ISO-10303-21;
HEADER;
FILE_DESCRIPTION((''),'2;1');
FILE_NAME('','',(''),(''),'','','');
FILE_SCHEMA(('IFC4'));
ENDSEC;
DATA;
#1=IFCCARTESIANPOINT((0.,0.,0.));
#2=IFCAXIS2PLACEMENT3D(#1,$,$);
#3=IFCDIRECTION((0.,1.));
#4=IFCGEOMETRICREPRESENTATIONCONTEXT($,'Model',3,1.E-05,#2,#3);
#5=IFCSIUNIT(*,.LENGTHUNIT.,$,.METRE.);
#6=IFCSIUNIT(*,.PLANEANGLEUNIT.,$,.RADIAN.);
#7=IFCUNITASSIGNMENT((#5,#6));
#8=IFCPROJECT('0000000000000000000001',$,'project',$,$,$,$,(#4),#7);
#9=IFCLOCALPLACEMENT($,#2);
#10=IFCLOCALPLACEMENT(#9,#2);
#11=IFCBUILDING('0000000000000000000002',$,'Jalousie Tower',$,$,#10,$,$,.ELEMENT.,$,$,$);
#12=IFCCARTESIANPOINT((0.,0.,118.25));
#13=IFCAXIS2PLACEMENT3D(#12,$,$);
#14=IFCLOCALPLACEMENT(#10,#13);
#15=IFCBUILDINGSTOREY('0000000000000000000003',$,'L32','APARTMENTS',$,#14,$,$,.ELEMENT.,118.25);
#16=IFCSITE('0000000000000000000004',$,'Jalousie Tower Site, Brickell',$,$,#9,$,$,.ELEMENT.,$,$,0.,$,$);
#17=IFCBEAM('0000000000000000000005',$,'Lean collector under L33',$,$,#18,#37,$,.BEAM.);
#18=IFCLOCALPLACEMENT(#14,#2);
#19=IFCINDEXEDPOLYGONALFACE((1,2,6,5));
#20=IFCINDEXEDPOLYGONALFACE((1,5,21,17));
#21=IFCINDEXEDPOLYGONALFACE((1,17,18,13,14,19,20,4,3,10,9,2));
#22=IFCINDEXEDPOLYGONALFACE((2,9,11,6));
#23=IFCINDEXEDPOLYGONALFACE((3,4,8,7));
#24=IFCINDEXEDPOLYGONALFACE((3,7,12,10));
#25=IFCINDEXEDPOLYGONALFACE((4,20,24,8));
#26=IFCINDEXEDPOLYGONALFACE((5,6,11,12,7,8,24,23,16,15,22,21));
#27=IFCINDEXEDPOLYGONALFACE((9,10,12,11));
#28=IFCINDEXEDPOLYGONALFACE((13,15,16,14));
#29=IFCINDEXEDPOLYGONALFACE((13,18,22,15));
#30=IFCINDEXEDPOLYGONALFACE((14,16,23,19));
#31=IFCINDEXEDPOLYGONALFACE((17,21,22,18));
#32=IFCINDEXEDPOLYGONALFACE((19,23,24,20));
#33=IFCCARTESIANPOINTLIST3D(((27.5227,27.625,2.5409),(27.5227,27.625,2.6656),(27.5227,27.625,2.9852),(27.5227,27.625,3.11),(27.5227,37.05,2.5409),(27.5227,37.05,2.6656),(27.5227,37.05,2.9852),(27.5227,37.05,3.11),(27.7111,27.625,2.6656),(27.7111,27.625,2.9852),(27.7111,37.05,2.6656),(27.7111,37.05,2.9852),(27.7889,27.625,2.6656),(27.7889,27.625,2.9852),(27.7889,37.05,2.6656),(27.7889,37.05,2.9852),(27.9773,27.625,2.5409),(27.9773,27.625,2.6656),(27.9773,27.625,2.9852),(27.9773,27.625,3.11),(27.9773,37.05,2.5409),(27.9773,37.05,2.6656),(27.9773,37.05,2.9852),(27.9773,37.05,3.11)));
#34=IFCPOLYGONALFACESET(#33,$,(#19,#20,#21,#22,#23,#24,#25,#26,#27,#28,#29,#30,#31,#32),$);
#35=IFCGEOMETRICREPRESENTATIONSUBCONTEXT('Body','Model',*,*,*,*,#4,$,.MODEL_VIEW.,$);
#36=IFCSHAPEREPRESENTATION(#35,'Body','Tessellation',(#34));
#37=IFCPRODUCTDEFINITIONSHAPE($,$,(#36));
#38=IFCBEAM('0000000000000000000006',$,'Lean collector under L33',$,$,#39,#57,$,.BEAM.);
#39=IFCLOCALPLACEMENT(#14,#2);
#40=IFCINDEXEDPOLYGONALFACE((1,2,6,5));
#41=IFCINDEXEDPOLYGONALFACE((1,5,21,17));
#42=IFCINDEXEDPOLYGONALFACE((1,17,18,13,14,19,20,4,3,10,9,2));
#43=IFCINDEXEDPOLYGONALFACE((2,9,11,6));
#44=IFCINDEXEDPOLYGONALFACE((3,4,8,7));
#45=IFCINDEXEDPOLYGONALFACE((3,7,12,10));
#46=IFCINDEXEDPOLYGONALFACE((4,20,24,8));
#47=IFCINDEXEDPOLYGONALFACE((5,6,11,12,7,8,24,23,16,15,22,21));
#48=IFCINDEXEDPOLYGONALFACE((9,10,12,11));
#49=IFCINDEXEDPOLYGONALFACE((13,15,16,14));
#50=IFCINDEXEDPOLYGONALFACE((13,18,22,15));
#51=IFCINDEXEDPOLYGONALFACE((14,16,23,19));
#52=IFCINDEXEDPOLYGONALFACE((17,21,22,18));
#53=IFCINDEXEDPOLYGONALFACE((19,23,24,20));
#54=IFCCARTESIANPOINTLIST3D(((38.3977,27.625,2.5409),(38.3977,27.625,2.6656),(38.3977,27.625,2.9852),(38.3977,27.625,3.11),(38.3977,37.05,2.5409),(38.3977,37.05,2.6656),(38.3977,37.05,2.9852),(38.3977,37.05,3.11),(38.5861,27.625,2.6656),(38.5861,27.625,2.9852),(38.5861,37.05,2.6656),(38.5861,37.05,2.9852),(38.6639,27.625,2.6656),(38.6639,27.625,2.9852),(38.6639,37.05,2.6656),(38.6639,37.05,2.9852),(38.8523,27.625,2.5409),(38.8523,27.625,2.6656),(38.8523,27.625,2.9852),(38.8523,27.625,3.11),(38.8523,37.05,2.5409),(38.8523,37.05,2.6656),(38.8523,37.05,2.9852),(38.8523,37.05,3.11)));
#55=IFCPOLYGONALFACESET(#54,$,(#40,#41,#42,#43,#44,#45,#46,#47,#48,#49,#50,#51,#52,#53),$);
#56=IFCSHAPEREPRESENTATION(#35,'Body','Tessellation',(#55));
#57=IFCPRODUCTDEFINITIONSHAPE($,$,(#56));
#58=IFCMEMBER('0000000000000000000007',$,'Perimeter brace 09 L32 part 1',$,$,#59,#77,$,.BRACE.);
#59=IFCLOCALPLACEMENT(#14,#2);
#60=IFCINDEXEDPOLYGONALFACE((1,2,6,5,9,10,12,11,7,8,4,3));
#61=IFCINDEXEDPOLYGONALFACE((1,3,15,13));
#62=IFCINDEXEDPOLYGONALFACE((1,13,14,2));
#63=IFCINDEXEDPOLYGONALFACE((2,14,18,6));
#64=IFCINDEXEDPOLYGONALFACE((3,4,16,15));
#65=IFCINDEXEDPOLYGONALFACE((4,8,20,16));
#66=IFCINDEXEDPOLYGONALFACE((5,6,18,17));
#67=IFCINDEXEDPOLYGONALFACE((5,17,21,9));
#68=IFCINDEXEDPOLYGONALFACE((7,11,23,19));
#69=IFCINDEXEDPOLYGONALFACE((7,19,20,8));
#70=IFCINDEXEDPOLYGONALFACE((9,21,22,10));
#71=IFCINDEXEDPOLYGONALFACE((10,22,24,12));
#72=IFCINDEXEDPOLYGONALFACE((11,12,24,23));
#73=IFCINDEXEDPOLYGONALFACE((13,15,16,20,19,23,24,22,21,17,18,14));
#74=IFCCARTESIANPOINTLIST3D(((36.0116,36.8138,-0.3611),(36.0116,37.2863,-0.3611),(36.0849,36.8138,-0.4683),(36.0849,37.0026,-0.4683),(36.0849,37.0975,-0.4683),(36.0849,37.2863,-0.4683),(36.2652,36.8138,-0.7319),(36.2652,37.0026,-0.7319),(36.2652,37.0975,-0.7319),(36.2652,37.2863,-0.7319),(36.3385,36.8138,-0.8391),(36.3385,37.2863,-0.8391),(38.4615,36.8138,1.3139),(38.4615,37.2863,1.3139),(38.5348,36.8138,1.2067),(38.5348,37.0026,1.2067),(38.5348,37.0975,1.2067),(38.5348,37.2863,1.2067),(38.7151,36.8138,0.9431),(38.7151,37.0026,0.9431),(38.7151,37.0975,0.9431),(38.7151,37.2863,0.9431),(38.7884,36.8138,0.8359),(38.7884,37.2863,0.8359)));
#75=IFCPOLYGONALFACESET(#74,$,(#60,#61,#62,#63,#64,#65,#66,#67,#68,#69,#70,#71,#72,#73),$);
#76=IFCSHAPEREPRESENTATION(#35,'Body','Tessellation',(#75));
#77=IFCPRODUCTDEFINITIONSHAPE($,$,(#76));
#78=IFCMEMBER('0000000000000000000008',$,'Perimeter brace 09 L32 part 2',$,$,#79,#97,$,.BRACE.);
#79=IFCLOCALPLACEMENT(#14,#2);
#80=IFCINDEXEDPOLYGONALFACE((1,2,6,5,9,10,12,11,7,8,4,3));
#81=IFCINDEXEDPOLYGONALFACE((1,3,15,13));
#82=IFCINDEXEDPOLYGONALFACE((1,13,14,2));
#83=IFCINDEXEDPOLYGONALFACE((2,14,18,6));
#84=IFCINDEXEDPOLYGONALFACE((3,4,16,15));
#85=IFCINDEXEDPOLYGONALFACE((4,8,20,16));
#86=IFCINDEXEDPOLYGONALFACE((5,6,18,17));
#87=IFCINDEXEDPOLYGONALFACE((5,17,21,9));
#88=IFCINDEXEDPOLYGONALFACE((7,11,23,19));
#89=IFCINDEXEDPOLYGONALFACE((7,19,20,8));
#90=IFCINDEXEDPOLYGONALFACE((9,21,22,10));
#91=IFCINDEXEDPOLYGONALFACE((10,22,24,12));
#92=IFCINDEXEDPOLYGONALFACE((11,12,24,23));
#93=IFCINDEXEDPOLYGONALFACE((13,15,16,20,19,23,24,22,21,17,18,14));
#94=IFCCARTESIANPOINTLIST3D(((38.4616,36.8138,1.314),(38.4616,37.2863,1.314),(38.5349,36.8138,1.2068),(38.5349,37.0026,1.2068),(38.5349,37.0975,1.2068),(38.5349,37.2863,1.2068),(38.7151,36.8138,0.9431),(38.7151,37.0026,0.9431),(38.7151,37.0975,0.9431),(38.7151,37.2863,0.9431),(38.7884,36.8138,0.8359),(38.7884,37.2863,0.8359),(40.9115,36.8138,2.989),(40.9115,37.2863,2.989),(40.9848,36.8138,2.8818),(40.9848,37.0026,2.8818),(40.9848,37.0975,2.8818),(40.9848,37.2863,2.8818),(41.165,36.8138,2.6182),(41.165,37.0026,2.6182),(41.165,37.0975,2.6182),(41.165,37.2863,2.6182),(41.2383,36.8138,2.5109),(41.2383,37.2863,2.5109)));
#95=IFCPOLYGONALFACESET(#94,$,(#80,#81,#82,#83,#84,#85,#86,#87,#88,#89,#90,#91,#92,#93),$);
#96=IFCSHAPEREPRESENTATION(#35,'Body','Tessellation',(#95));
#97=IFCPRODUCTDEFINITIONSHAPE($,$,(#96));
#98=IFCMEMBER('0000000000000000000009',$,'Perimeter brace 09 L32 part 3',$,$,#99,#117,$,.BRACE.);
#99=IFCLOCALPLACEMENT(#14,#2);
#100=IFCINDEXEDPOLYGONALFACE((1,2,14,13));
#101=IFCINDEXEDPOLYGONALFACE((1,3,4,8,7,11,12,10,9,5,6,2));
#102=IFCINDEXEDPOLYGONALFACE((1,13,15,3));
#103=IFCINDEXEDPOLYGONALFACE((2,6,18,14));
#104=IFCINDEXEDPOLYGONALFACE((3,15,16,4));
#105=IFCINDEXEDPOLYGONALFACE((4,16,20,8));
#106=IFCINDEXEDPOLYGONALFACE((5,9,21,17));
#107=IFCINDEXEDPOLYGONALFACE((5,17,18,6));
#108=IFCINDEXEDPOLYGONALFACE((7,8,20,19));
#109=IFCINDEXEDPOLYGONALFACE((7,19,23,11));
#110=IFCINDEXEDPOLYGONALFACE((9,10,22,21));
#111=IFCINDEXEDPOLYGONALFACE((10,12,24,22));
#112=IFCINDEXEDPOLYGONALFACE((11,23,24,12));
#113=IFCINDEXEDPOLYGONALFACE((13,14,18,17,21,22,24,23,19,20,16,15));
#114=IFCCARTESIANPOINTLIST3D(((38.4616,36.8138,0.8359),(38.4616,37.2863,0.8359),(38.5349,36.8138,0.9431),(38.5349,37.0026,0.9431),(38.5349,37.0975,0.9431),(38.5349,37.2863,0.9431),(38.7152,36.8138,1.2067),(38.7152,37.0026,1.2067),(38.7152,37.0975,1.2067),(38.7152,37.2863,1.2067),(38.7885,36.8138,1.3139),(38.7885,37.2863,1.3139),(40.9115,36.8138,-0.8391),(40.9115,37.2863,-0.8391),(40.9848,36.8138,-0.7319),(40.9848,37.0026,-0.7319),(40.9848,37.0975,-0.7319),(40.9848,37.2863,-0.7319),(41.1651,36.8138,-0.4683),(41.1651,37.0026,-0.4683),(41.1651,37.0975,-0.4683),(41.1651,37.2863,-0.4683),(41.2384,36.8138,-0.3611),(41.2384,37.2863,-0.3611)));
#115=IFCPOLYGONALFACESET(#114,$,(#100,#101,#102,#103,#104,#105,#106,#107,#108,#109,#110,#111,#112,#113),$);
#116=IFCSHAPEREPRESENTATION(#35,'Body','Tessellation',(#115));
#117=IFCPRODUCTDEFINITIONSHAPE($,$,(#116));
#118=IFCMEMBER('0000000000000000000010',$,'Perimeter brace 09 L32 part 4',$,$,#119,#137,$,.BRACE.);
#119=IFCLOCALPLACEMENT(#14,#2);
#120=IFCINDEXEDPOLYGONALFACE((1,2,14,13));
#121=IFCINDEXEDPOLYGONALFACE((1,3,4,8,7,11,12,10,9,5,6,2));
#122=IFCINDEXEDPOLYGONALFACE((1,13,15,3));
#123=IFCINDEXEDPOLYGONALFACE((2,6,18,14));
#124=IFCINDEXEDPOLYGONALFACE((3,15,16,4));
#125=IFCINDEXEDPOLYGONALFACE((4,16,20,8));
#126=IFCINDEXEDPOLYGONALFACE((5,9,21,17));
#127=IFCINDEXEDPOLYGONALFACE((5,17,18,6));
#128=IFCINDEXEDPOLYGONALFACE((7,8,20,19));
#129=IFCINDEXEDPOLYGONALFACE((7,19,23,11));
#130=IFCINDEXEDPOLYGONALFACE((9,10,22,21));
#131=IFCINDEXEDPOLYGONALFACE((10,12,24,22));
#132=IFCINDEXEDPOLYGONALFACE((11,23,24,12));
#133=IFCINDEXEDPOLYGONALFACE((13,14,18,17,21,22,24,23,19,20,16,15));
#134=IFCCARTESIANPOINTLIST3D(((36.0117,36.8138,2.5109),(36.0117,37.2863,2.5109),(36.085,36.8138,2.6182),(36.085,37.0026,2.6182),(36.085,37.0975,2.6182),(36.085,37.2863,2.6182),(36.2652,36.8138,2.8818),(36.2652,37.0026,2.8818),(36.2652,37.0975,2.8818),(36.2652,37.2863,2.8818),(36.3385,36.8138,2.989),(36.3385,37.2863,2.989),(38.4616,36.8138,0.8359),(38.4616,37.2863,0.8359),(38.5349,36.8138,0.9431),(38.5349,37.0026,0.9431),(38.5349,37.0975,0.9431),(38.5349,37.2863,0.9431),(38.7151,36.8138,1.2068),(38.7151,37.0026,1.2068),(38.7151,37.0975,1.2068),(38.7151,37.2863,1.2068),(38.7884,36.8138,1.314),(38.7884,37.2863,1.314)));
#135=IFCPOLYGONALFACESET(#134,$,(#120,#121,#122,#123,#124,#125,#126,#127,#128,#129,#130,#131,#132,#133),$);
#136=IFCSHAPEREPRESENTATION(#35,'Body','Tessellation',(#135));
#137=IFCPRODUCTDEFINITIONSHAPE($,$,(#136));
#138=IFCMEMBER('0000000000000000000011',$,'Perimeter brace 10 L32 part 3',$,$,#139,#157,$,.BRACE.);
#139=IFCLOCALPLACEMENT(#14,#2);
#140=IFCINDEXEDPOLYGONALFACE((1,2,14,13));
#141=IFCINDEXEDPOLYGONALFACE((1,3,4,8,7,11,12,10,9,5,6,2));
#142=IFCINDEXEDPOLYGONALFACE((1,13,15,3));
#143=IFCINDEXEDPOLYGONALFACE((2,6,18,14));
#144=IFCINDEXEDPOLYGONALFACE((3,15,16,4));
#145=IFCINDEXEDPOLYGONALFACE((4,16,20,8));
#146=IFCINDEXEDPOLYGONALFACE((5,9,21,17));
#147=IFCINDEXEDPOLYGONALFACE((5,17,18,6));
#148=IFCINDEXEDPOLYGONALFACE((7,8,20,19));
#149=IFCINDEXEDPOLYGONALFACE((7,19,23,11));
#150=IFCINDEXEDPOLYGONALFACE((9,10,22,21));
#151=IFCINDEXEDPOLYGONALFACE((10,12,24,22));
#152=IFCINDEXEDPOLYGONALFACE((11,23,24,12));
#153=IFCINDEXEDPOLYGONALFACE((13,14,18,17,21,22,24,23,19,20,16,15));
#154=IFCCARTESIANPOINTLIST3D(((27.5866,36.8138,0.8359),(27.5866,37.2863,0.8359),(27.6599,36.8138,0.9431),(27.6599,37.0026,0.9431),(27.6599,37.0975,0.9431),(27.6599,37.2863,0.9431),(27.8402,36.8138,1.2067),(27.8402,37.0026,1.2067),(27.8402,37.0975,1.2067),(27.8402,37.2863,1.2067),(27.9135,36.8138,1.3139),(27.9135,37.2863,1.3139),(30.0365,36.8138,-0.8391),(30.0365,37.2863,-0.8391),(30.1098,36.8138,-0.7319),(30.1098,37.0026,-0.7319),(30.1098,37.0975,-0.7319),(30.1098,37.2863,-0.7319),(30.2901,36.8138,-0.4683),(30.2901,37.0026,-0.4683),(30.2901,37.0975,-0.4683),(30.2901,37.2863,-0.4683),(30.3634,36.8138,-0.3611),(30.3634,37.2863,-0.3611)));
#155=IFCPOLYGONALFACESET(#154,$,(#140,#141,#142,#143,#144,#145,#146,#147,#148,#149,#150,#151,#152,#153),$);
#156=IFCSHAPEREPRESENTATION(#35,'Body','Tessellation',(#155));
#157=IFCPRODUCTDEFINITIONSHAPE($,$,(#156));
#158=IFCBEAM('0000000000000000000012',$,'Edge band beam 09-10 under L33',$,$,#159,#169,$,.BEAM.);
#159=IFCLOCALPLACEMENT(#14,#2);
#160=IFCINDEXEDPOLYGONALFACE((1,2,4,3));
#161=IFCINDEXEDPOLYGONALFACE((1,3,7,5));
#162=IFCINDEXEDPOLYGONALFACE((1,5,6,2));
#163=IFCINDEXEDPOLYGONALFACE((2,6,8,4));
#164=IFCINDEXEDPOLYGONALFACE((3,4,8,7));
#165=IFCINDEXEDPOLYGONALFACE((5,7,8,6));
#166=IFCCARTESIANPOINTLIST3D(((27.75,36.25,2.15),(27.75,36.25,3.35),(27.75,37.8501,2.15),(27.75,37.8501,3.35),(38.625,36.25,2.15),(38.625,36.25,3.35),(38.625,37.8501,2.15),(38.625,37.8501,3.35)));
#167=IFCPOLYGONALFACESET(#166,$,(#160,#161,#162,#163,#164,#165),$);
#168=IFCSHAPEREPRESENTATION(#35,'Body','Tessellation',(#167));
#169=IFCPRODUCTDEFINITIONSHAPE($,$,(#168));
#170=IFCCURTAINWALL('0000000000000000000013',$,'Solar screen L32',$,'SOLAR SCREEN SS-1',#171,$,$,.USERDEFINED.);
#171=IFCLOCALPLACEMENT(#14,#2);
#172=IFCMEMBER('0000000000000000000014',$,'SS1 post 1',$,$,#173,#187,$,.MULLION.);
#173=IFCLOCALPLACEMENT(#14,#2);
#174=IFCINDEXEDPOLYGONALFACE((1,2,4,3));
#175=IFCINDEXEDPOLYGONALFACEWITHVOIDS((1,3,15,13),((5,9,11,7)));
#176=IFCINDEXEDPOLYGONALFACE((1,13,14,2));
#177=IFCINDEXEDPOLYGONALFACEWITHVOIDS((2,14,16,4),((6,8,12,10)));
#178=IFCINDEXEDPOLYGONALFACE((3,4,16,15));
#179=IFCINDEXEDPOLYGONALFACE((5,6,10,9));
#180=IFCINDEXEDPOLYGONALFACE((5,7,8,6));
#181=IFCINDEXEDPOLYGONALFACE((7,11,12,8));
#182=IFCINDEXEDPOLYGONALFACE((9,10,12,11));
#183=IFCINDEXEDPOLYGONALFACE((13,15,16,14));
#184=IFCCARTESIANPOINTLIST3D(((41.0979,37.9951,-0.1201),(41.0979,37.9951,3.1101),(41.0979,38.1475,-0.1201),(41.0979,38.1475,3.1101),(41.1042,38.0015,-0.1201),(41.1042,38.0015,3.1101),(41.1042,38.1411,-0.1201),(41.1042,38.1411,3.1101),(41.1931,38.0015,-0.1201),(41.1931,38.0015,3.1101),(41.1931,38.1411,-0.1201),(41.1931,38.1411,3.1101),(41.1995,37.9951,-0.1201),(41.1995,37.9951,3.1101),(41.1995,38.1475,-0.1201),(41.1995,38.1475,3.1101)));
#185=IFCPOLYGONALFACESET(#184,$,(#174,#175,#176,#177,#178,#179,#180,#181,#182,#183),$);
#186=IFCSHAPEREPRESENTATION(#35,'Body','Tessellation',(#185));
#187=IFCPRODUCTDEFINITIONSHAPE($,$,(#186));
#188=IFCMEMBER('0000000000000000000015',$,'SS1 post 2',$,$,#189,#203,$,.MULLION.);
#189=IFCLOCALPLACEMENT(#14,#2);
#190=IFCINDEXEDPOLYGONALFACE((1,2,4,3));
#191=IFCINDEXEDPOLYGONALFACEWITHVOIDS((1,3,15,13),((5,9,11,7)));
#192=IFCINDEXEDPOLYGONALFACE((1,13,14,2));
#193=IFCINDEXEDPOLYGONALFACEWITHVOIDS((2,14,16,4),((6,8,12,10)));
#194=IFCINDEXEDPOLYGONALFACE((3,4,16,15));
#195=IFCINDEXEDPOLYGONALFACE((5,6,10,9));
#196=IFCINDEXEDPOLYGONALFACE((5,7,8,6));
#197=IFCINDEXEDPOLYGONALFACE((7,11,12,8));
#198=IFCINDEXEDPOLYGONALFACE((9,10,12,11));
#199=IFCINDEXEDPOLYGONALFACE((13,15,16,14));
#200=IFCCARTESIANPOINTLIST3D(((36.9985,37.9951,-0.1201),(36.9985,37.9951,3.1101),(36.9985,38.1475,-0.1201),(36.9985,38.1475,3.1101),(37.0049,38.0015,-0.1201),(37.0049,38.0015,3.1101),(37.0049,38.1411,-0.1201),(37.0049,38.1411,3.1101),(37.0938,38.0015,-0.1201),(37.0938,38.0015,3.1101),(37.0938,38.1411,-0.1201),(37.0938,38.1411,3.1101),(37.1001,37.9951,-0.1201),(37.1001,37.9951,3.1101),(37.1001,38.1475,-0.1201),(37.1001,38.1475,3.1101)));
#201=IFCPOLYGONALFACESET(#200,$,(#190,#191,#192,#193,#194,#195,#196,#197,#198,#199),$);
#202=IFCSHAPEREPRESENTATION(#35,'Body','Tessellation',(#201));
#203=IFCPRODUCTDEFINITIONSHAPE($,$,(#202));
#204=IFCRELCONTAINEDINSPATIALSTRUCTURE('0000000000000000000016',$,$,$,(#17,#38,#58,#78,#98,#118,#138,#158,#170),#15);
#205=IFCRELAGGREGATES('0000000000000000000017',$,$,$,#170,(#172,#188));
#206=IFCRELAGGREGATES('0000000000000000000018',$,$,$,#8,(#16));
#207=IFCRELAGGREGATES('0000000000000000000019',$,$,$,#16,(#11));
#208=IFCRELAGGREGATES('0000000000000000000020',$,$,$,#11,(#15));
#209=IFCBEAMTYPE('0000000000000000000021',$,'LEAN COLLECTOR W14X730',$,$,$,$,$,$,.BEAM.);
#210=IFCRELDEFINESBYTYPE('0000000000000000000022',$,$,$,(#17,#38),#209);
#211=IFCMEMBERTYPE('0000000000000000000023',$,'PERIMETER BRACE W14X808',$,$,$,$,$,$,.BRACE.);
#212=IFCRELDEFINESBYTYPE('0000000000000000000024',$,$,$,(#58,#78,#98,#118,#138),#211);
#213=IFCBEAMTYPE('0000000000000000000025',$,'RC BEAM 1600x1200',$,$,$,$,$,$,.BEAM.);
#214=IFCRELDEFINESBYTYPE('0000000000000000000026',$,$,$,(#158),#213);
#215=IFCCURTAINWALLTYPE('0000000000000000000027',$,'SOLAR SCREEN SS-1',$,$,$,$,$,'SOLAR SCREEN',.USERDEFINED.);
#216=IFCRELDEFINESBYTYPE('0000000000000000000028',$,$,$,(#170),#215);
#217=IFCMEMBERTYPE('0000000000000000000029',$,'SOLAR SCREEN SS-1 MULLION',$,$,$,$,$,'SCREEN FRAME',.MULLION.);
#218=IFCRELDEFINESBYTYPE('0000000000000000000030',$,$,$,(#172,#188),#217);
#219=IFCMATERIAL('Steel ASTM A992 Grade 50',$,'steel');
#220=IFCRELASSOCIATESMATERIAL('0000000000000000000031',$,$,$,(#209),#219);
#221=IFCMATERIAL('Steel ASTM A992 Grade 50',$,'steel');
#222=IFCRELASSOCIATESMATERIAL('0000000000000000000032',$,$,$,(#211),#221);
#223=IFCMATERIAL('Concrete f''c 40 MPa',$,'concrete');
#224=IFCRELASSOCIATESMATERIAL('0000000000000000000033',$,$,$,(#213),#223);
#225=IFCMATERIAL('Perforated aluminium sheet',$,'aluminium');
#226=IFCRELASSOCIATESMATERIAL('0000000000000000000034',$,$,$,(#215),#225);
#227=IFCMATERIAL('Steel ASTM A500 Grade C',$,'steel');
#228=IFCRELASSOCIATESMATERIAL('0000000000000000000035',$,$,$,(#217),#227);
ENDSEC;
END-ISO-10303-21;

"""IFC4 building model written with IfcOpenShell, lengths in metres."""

from ifc_helpers import new_model, si_unit, direction, frame, origin, origin_2d, place, context, subcontext, project, spatial, rectangle, hollow_rectangle, i_section, extrude, material, material_profile, profile_set, type_object, element, aggregate, save


model = new_model("IFC4")

# Units and contexts
model_context = context("Model", 3, precision=1e-05, world=origin(), true_north=direction((0.0, 1.0)))
body_context = subcontext(model_context, "Body", "Model", "MODEL_VIEW")
ifc_project = project(units=[si_unit("LENGTHUNIT", "METRE"), si_unit("PLANEANGLEUNIT", "RADIAN")], contexts=[model_context])

# Site, building, storey
site_placement = place(None, origin())
site = spatial("IfcSite", under=ifc_project, at=site_placement, Name="Jalousie Tower Site, Brickell", CompositionType="ELEMENT", RefElevation=0.0)
building_placement = place(site_placement, origin())
building = spatial("IfcBuilding", under=site, at=building_placement, Name="Jalousie Tower", CompositionType="ELEMENT")
storey_placement = place(building_placement, frame((0.0, 0.0, 118.25)))
storey = spatial("IfcBuildingStorey", under=building, at=storey_placement, Name="L32", Description="APARTMENTS", CompositionType="ELEMENT", Elevation=118.25)

# Beams
ifc_material_1 = material(Name="Steel ASTM A992 Grade 50", Category="steel")
ifc_material_profile_1 = material_profile(ifc_material_1, i_section(OverallWidth=0.4546, OverallDepth=0.5691, WebThickness=0.0779, FlangeThickness=0.1248, at=origin_2d()), Name="W14X730")
ifc_profile_set_1 = profile_set([ifc_material_profile_1], Name="Steel ASTM A992 Grade 50")
beam_type_1 = type_object("IfcBeamType", Name="LEAN COLLECTOR W14X730", PredefinedType="BEAM", material=ifc_profile_set_1)
for number, where, z_axis, x_axis, name in (
    (1, (27.75, 37.05, 2.8254), (0.0, -1.0, 0.0), (1.0, 0.0, 0.0), "Lean collector under L33"),
    (2, (38.625, 37.05, 2.8254), (0.0, -1.0, 0.0), (1.0, 0.0, 0.0), "Lean collector under L33"),
):
    element("IfcBeam", number, at=place(storey_placement, frame(where, z_axis=z_axis, x_axis=x_axis)), inside=storey, type_object=beam_type_1, Name=name, PredefinedType="BEAM", context=body_context, shape_type="SweptSolid", body=[
        extrude(i_section(OverallWidth=0.4546, OverallDepth=0.5691, WebThickness=0.0779, FlangeThickness=0.1248, at=origin_2d()), origin(), (0.0, 0.0, 1.0), 9.425),
    ])

# Members
ifc_material_2 = material(Name="Steel ASTM A992 Grade 50", Category="steel")
ifc_material_profile_2 = material_profile(ifc_material_2, i_section(OverallWidth=0.4724, OverallDepth=0.5791, WebThickness=0.095, FlangeThickness=0.1299, at=origin_2d()), Name="W14X808")
ifc_profile_set_2 = profile_set([ifc_material_profile_2], Name="Steel ASTM A992 Grade 50")
member_type_1 = type_object("IfcMemberType", Name="PERIMETER BRACE W14X808", PredefinedType="BRACE", material=ifc_profile_set_2)
for number, where, z_axis, x_axis, name in (
    (3, (36.175, 37.05, -0.6001), (0.825501, 0.0, 0.564401), (0.0, 1.0, 0.0), "Perimeter brace 09 L32 part 1"),
    (4, (38.625, 37.05, 1.075), (0.825501, 0.0, 0.564401), (0.0, 1.0, 0.0), "Perimeter brace 09 L32 part 2"),
    (5, (41.075, 37.05, -0.6001), (-0.825501, 0.0, 0.564401), (0.0, -1.0, 0.0), "Perimeter brace 09 L32 part 3"),
    (6, (38.625, 37.05, 1.075), (-0.825501, 0.0, 0.564401), (0.0, -1.0, 0.0), "Perimeter brace 09 L32 part 4"),
    (7, (30.2, 37.05, -0.6001), (-0.825501, 0.0, 0.564401), (0.0, -1.0, 0.0), "Perimeter brace 10 L32 part 3"),
):
    element("IfcMember", number, at=place(storey_placement, frame(where, z_axis=z_axis, x_axis=x_axis)), inside=storey, type_object=member_type_1, Name=name, PredefinedType="BRACE", context=body_context, shape_type="SweptSolid", body=[
        extrude(i_section(OverallWidth=0.4724, OverallDepth=0.5791, WebThickness=0.095, FlangeThickness=0.1299, at=origin_2d()), origin(), (0.0, 0.0, 1.0), 2.9678),
    ])

# Beam
ifc_material_3 = material(Name="Concrete f'c 40 MPa", Category="concrete")
ifc_material_profile_3 = material_profile(ifc_material_3, rectangle(XDim=1.6001, YDim=1.2, at=origin_2d()), Name="RC 1600x1200")
ifc_profile_set_3 = profile_set([ifc_material_profile_3], Name="Concrete f'c 40 MPa")
beam_type_2 = type_object("IfcBeamType", Name="RC BEAM 1600x1200", PredefinedType="BEAM", material=ifc_profile_set_3)
beam_placement = place(storey_placement, frame((38.625, 37.05, 2.75), z_axis=(-1.0, 0.0, 0.0), x_axis=(0.0, -1.0, 0.0)))
element("IfcBeam", 8, at=beam_placement, inside=storey, type_object=beam_type_2, Name="Edge band beam 09-10 under L33", PredefinedType="BEAM", context=body_context, shape_type="SweptSolid", body=[
    extrude(rectangle(XDim=1.6001, YDim=1.2, at=origin_2d()), origin(), (0.0, 0.0, 1.0), 10.875),
])

# Curtain wall, members
ifc_material_4 = material(Name="Perforated aluminium sheet", Category="aluminium")
curtain_wall_type = type_object("IfcCurtainWallType", Name="SOLAR SCREEN SS-1", ElementType="SOLAR SCREEN", PredefinedType="USERDEFINED", material=ifc_material_4)
curtain_wall_1_placement = place(storey_placement, origin())
curtain_wall_1 = element("IfcCurtainWall", 9, at=curtain_wall_1_placement, inside=storey, type_object=curtain_wall_type, Name="Solar screen L32", ObjectType="SOLAR SCREEN SS-1", PredefinedType="USERDEFINED")
ifc_material_5 = material(Name="Steel ASTM A500 Grade C", Category="steel")
ifc_material_profile_4 = material_profile(ifc_material_5, hollow_rectangle(XDim=0.1016, YDim=0.1523, WallThickness=0.0063, at=origin_2d()), Name="HSS6X4X1/4")
ifc_profile_set_4 = profile_set([ifc_material_profile_4], Name="Steel ASTM A500 Grade C")
member_type_2 = type_object("IfcMemberType", Name="SOLAR SCREEN SS-1 MULLION", ElementType="SCREEN FRAME", PredefinedType="MULLION", material=ifc_profile_set_4)
member_1_placement = place(storey_placement, frame((41.1487, 38.0713, -0.1201), z_axis=(0.0, 0.0, 1.0), x_axis=(-1.0, 0.0, 0.0)))
member_1 = element("IfcMember", 10, at=member_1_placement, type_object=member_type_2, Name="SS1 post 1", PredefinedType="MULLION", context=body_context, shape_type="SweptSolid", body=[
    extrude(hollow_rectangle(XDim=0.1016, YDim=0.1523, WallThickness=0.0063, at=origin_2d()), origin(), (0.0, 0.0, 1.0), 3.2302),
])
member_2_placement = place(storey_placement, frame((37.0493, 38.0713, -0.1201), z_axis=(0.0, 0.0, 1.0), x_axis=(-1.0, 0.0, 0.0)))
member_2 = element("IfcMember", 11, at=member_2_placement, type_object=member_type_2, Name="SS1 post 2", PredefinedType="MULLION", context=body_context, shape_type="SweptSolid", body=[
    extrude(hollow_rectangle(XDim=0.1016, YDim=0.1523, WallThickness=0.0063, at=origin_2d()), origin(), (0.0, 0.0, 1.0), 3.2302),
])

aggregate(curtain_wall_1, [member_1, member_2])

save(model, "model.ifc")
